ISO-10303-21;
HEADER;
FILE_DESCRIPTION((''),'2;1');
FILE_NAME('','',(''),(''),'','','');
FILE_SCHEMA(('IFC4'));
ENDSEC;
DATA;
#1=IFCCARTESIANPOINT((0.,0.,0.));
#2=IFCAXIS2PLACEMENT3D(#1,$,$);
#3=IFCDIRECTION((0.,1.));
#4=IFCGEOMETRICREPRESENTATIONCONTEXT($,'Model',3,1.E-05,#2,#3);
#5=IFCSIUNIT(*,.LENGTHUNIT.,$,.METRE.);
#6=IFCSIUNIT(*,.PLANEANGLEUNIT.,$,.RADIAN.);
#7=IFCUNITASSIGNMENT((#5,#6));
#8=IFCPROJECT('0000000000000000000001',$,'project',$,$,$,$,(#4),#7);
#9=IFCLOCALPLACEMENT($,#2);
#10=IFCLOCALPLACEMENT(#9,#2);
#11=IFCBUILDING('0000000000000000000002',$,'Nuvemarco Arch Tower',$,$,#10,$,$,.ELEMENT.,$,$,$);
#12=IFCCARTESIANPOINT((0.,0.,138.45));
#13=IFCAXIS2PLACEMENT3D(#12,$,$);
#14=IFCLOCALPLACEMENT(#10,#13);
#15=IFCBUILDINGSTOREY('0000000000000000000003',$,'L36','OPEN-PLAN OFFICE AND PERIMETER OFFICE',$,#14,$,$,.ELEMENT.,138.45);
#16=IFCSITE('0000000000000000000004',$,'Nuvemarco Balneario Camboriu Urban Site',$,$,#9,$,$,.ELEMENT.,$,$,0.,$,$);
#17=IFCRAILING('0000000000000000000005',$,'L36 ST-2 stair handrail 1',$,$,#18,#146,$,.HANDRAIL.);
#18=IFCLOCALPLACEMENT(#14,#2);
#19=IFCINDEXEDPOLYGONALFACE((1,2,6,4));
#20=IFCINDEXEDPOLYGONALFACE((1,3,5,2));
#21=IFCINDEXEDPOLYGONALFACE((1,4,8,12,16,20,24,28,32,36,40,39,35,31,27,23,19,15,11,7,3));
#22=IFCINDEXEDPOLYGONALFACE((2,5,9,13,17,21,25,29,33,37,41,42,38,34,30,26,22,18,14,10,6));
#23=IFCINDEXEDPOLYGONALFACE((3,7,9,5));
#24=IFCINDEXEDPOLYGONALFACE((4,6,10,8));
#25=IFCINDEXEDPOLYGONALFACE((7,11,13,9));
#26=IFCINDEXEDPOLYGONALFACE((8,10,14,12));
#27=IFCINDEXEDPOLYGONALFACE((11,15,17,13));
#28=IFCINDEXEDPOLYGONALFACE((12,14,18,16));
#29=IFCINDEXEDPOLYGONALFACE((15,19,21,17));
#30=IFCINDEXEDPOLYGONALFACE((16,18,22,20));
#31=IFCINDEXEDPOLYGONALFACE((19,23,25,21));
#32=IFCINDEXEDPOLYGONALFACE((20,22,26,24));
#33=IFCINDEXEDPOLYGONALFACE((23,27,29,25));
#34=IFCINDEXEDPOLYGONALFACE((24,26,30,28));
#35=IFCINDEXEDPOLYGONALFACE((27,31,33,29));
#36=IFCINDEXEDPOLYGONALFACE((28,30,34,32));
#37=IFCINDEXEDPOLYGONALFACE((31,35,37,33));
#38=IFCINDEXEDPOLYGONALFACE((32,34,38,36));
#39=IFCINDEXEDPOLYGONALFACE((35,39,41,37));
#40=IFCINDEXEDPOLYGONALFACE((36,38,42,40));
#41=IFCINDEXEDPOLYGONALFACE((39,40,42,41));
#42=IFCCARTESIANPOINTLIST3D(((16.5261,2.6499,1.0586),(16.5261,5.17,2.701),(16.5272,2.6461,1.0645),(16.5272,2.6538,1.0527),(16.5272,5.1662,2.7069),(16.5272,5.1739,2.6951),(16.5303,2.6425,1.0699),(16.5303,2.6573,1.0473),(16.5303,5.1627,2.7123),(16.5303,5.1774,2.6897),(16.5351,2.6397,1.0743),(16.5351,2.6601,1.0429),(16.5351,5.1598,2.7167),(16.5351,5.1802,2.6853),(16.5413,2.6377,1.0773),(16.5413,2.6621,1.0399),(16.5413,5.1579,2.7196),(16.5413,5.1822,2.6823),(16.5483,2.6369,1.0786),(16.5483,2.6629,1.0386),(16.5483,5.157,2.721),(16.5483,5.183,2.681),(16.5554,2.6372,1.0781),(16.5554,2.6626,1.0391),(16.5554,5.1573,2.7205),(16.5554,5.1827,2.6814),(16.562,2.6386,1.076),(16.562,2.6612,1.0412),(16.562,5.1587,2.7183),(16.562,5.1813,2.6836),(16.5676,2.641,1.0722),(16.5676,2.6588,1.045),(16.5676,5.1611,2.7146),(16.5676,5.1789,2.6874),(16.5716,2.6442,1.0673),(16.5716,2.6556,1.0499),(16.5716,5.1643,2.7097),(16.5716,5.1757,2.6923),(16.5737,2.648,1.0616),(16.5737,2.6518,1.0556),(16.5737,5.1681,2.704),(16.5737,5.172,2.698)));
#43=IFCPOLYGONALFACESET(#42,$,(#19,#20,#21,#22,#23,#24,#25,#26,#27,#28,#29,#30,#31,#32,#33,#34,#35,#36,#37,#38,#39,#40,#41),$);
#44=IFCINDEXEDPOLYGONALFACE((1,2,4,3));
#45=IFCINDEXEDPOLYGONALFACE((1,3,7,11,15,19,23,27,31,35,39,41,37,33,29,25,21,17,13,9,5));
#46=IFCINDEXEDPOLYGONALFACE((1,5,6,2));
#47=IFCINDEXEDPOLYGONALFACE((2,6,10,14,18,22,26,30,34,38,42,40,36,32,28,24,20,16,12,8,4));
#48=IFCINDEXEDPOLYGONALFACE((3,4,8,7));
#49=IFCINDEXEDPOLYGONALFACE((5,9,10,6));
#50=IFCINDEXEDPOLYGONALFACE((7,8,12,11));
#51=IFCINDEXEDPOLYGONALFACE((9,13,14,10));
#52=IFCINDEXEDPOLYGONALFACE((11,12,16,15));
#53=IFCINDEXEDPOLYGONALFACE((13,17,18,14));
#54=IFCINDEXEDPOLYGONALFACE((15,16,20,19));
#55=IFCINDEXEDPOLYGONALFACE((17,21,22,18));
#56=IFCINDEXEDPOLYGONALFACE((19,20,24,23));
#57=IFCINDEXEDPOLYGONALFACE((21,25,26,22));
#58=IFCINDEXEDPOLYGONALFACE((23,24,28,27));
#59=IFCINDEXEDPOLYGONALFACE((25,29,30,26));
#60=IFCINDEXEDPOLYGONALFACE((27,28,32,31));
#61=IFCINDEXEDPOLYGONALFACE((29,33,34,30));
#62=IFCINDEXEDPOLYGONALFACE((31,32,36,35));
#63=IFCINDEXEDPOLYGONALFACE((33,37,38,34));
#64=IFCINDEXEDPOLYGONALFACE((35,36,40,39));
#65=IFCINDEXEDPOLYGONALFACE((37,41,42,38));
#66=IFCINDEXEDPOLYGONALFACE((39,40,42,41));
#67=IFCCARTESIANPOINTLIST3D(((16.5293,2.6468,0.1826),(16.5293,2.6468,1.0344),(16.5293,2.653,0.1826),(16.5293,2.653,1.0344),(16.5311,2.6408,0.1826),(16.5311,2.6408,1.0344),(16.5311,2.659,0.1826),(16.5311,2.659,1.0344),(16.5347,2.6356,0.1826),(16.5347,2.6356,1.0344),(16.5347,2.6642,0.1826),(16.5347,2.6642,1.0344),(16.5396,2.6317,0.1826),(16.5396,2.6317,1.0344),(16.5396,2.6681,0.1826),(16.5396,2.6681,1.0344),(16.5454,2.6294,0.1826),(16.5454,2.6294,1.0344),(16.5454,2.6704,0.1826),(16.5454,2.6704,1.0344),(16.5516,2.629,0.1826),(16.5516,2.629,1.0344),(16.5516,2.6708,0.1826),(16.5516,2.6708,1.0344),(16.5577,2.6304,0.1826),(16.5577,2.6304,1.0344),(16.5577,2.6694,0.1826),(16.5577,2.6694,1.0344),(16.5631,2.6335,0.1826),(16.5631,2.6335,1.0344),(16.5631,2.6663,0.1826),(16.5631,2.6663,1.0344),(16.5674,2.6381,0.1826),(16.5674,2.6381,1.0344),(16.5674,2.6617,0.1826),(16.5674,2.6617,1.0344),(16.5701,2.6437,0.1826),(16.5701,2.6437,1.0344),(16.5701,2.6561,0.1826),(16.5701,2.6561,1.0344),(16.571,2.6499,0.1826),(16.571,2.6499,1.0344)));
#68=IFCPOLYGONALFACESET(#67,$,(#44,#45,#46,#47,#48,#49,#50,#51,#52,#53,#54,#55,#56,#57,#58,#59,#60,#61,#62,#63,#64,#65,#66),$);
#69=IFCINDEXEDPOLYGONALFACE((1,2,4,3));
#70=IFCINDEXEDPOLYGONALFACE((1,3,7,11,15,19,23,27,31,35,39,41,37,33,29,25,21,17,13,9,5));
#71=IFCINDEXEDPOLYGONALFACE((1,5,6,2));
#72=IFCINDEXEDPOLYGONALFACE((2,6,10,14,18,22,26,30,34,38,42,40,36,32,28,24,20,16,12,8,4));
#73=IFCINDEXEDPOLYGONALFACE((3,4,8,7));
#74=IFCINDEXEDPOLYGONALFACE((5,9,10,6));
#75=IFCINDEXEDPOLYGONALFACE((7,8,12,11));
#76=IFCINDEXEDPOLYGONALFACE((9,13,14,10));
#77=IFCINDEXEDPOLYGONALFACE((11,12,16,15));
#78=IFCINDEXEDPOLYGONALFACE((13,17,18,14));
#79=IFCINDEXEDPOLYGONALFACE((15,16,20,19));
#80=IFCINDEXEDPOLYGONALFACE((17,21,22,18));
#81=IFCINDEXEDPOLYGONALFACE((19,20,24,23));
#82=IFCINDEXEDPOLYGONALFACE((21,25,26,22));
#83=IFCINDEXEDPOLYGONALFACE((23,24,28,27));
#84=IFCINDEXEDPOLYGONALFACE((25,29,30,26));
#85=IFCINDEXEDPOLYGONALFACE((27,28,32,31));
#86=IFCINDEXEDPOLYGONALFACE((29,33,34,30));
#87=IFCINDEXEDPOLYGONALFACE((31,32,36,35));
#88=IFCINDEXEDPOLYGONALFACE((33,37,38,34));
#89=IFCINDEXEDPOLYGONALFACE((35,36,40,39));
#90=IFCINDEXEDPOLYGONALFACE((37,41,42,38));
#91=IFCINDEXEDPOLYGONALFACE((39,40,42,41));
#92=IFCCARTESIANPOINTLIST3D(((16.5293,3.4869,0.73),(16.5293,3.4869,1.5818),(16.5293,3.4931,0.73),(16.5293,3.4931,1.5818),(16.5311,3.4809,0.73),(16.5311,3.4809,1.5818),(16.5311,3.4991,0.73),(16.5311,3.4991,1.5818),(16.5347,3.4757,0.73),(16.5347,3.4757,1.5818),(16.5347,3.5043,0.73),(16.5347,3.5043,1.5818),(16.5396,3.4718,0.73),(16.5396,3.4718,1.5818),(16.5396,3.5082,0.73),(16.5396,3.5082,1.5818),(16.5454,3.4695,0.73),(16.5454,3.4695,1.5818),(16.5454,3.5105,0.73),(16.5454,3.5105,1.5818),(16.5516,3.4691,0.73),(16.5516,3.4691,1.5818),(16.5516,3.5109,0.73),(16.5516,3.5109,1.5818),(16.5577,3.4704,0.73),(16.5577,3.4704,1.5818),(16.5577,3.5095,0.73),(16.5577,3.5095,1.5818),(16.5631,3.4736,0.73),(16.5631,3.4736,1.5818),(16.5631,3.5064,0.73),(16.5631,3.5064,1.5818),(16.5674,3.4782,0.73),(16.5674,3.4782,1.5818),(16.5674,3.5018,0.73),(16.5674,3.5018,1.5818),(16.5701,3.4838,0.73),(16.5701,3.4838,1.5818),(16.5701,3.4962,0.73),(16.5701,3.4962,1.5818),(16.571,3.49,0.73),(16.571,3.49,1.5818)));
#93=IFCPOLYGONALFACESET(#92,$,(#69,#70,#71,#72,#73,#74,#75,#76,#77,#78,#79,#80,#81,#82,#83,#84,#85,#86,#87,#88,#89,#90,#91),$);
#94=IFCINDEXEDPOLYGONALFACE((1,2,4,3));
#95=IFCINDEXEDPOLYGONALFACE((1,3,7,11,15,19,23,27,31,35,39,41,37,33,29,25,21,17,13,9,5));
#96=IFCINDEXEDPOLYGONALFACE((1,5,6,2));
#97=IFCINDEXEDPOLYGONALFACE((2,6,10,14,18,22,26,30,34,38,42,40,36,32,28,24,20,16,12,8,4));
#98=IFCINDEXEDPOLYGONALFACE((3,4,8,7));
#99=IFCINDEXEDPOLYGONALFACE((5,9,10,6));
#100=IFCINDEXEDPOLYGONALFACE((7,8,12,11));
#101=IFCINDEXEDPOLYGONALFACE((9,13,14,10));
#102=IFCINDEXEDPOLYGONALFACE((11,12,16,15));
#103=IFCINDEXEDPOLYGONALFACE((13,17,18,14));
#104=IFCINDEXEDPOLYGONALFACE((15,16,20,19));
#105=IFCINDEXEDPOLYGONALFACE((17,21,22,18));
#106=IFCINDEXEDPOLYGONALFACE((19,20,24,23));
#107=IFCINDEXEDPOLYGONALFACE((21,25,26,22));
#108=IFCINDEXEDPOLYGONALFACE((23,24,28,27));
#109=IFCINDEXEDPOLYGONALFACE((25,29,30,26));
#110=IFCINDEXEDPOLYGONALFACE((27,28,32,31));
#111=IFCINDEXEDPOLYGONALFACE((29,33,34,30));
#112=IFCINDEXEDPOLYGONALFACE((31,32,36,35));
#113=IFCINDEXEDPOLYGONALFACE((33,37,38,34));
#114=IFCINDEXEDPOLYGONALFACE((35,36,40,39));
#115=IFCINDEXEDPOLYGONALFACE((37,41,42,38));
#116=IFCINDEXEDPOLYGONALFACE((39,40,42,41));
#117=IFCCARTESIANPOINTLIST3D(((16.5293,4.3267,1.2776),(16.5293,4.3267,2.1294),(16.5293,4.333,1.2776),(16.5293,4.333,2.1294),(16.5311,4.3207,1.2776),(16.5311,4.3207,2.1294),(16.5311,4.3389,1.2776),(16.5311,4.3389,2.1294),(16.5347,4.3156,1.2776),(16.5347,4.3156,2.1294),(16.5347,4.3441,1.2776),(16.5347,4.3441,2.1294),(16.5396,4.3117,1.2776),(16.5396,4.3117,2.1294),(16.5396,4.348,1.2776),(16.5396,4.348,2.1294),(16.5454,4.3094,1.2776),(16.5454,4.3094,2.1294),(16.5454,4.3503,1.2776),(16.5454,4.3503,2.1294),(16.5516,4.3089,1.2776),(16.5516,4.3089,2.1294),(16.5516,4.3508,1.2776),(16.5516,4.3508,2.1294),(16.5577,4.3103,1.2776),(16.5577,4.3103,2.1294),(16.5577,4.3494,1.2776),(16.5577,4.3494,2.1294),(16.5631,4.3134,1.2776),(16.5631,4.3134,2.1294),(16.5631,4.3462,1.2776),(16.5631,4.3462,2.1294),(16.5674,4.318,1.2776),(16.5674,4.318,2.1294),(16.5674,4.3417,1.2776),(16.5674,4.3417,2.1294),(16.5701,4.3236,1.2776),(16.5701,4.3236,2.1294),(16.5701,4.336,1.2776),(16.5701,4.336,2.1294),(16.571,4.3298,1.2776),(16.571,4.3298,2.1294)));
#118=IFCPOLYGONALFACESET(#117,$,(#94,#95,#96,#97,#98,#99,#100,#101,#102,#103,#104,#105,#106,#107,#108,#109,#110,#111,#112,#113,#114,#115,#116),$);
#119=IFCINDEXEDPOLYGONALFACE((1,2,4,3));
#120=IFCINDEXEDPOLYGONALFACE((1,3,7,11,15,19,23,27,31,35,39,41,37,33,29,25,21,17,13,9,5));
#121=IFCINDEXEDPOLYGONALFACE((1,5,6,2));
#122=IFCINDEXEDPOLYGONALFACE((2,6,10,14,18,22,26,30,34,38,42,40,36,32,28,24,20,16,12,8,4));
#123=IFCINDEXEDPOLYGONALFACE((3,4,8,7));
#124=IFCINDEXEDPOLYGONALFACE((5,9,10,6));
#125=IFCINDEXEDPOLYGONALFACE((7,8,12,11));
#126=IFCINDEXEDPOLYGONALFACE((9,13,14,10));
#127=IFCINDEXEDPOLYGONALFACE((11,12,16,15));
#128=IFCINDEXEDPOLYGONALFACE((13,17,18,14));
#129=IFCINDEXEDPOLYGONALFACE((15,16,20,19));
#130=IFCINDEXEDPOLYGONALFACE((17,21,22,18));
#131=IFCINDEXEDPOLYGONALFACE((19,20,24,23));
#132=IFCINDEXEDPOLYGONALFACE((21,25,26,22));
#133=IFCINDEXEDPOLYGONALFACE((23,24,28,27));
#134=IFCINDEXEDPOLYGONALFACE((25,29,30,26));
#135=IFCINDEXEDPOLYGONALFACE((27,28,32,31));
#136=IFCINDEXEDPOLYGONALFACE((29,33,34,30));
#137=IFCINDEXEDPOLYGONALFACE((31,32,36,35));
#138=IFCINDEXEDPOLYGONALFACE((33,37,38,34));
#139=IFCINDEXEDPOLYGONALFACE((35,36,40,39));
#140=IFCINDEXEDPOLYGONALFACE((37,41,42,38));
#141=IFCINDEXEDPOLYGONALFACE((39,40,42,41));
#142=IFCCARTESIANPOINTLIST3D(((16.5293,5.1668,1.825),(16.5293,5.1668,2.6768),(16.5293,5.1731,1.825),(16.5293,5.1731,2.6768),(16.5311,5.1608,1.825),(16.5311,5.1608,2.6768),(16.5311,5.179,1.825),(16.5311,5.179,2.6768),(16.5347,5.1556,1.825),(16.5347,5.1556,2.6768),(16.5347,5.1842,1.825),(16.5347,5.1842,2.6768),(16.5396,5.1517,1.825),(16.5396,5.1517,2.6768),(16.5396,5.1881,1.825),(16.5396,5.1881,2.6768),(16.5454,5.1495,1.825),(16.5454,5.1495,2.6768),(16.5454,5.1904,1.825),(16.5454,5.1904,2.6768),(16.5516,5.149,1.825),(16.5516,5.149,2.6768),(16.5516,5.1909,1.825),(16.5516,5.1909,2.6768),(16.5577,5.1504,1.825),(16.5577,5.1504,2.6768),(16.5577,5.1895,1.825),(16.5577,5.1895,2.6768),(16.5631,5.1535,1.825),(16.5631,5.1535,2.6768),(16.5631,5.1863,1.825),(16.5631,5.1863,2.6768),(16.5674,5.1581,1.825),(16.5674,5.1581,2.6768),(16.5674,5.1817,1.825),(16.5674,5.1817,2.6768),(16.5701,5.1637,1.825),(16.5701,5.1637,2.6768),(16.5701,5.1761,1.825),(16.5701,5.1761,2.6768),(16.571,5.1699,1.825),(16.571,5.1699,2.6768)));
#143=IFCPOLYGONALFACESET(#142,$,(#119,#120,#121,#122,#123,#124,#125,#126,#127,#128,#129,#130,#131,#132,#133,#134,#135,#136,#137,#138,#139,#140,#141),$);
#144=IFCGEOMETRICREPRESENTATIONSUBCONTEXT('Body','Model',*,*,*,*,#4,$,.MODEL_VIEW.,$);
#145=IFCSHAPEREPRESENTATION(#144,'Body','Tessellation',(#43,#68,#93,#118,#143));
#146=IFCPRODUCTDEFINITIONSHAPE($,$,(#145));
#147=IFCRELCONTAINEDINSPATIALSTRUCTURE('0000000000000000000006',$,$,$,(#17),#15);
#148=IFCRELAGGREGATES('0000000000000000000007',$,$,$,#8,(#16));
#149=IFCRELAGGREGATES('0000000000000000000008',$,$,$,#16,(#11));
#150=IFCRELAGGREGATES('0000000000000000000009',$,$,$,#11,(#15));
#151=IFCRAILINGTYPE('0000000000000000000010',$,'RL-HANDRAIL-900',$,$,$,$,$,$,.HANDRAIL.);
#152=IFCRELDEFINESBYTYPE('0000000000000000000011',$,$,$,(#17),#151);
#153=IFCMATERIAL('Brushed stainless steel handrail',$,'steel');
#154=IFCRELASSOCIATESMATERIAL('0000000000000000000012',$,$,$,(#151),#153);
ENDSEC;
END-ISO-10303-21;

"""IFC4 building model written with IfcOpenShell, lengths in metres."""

from ifc_helpers import new_model, si_unit, direction, frame, origin, origin_2d, place, context, subcontext, project, spatial, circle, extrude, material, type_object, element, save


model = new_model("IFC4")

# Units and contexts
model_context = context("Model", 3, precision=1e-05, world=origin(), true_north=direction((0.0, 1.0)))
body_context = subcontext(model_context, "Body", "Model", "MODEL_VIEW")
ifc_project = project(units=[si_unit("LENGTHUNIT", "METRE"), si_unit("PLANEANGLEUNIT", "RADIAN")], contexts=[model_context])

# Site, building, storey
site_placement = place(None, origin())
site = spatial("IfcSite", under=ifc_project, at=site_placement, Name="Nuvemarco Balneario Camboriu Urban Site", CompositionType="ELEMENT", RefElevation=0.0)
building_placement = place(site_placement, origin())
building = spatial("IfcBuilding", under=site, at=building_placement, Name="Nuvemarco Arch Tower", CompositionType="ELEMENT")
storey_placement = place(building_placement, frame((0.0, 0.0, 138.45)))
storey = spatial("IfcBuildingStorey", under=building, at=storey_placement, Name="L36", Description="OPEN-PLAN OFFICE AND PERIMETER OFFICE", CompositionType="ELEMENT", Elevation=138.45)

# Railing
ifc_material_1 = material(Name="Brushed stainless steel handrail", Category="steel")
railing_type_1 = type_object("IfcRailingType", Name="RL-HANDRAIL-900", PredefinedType="HANDRAIL", material=ifc_material_1)
railing_1_placement = place(storey_placement, frame((16.55, 2.6499, 0.1826)))
element("IfcRailing", 1, at=railing_1_placement, inside=storey, type_object=railing_type_1, Name="L36 ST-2 stair handrail 1", PredefinedType="HANDRAIL", context=body_context, shape_type="SweptSolid", body=[
    extrude(circle(Radius=0.0239, at=origin_2d()), frame((0.0, 0.0, 0.876), z_axis=(0.0, 0.837787, 0.545998), x_axis=(-1.0, 0.0, 0.0)), (0.0, 0.0, 1.0), 3.0081),
    extrude(circle(Radius=0.021, at=origin_2d()), origin(), (0.0, 0.0, 1.0), 0.8518),
    extrude(circle(Radius=0.021, at=origin_2d()), frame((0.0, 0.8401, 0.5474)), (0.0, 0.0, 1.0), 0.8518),
    extrude(circle(Radius=0.021, at=origin_2d()), frame((0.0, 1.6799, 1.095)), (0.0, 0.0, 1.0), 0.8518),
    extrude(circle(Radius=0.021, at=origin_2d()), frame((0.0, 2.52, 1.6423)), (0.0, 0.0, 1.0), 0.8518),
])

save(model, "model.ifc")
